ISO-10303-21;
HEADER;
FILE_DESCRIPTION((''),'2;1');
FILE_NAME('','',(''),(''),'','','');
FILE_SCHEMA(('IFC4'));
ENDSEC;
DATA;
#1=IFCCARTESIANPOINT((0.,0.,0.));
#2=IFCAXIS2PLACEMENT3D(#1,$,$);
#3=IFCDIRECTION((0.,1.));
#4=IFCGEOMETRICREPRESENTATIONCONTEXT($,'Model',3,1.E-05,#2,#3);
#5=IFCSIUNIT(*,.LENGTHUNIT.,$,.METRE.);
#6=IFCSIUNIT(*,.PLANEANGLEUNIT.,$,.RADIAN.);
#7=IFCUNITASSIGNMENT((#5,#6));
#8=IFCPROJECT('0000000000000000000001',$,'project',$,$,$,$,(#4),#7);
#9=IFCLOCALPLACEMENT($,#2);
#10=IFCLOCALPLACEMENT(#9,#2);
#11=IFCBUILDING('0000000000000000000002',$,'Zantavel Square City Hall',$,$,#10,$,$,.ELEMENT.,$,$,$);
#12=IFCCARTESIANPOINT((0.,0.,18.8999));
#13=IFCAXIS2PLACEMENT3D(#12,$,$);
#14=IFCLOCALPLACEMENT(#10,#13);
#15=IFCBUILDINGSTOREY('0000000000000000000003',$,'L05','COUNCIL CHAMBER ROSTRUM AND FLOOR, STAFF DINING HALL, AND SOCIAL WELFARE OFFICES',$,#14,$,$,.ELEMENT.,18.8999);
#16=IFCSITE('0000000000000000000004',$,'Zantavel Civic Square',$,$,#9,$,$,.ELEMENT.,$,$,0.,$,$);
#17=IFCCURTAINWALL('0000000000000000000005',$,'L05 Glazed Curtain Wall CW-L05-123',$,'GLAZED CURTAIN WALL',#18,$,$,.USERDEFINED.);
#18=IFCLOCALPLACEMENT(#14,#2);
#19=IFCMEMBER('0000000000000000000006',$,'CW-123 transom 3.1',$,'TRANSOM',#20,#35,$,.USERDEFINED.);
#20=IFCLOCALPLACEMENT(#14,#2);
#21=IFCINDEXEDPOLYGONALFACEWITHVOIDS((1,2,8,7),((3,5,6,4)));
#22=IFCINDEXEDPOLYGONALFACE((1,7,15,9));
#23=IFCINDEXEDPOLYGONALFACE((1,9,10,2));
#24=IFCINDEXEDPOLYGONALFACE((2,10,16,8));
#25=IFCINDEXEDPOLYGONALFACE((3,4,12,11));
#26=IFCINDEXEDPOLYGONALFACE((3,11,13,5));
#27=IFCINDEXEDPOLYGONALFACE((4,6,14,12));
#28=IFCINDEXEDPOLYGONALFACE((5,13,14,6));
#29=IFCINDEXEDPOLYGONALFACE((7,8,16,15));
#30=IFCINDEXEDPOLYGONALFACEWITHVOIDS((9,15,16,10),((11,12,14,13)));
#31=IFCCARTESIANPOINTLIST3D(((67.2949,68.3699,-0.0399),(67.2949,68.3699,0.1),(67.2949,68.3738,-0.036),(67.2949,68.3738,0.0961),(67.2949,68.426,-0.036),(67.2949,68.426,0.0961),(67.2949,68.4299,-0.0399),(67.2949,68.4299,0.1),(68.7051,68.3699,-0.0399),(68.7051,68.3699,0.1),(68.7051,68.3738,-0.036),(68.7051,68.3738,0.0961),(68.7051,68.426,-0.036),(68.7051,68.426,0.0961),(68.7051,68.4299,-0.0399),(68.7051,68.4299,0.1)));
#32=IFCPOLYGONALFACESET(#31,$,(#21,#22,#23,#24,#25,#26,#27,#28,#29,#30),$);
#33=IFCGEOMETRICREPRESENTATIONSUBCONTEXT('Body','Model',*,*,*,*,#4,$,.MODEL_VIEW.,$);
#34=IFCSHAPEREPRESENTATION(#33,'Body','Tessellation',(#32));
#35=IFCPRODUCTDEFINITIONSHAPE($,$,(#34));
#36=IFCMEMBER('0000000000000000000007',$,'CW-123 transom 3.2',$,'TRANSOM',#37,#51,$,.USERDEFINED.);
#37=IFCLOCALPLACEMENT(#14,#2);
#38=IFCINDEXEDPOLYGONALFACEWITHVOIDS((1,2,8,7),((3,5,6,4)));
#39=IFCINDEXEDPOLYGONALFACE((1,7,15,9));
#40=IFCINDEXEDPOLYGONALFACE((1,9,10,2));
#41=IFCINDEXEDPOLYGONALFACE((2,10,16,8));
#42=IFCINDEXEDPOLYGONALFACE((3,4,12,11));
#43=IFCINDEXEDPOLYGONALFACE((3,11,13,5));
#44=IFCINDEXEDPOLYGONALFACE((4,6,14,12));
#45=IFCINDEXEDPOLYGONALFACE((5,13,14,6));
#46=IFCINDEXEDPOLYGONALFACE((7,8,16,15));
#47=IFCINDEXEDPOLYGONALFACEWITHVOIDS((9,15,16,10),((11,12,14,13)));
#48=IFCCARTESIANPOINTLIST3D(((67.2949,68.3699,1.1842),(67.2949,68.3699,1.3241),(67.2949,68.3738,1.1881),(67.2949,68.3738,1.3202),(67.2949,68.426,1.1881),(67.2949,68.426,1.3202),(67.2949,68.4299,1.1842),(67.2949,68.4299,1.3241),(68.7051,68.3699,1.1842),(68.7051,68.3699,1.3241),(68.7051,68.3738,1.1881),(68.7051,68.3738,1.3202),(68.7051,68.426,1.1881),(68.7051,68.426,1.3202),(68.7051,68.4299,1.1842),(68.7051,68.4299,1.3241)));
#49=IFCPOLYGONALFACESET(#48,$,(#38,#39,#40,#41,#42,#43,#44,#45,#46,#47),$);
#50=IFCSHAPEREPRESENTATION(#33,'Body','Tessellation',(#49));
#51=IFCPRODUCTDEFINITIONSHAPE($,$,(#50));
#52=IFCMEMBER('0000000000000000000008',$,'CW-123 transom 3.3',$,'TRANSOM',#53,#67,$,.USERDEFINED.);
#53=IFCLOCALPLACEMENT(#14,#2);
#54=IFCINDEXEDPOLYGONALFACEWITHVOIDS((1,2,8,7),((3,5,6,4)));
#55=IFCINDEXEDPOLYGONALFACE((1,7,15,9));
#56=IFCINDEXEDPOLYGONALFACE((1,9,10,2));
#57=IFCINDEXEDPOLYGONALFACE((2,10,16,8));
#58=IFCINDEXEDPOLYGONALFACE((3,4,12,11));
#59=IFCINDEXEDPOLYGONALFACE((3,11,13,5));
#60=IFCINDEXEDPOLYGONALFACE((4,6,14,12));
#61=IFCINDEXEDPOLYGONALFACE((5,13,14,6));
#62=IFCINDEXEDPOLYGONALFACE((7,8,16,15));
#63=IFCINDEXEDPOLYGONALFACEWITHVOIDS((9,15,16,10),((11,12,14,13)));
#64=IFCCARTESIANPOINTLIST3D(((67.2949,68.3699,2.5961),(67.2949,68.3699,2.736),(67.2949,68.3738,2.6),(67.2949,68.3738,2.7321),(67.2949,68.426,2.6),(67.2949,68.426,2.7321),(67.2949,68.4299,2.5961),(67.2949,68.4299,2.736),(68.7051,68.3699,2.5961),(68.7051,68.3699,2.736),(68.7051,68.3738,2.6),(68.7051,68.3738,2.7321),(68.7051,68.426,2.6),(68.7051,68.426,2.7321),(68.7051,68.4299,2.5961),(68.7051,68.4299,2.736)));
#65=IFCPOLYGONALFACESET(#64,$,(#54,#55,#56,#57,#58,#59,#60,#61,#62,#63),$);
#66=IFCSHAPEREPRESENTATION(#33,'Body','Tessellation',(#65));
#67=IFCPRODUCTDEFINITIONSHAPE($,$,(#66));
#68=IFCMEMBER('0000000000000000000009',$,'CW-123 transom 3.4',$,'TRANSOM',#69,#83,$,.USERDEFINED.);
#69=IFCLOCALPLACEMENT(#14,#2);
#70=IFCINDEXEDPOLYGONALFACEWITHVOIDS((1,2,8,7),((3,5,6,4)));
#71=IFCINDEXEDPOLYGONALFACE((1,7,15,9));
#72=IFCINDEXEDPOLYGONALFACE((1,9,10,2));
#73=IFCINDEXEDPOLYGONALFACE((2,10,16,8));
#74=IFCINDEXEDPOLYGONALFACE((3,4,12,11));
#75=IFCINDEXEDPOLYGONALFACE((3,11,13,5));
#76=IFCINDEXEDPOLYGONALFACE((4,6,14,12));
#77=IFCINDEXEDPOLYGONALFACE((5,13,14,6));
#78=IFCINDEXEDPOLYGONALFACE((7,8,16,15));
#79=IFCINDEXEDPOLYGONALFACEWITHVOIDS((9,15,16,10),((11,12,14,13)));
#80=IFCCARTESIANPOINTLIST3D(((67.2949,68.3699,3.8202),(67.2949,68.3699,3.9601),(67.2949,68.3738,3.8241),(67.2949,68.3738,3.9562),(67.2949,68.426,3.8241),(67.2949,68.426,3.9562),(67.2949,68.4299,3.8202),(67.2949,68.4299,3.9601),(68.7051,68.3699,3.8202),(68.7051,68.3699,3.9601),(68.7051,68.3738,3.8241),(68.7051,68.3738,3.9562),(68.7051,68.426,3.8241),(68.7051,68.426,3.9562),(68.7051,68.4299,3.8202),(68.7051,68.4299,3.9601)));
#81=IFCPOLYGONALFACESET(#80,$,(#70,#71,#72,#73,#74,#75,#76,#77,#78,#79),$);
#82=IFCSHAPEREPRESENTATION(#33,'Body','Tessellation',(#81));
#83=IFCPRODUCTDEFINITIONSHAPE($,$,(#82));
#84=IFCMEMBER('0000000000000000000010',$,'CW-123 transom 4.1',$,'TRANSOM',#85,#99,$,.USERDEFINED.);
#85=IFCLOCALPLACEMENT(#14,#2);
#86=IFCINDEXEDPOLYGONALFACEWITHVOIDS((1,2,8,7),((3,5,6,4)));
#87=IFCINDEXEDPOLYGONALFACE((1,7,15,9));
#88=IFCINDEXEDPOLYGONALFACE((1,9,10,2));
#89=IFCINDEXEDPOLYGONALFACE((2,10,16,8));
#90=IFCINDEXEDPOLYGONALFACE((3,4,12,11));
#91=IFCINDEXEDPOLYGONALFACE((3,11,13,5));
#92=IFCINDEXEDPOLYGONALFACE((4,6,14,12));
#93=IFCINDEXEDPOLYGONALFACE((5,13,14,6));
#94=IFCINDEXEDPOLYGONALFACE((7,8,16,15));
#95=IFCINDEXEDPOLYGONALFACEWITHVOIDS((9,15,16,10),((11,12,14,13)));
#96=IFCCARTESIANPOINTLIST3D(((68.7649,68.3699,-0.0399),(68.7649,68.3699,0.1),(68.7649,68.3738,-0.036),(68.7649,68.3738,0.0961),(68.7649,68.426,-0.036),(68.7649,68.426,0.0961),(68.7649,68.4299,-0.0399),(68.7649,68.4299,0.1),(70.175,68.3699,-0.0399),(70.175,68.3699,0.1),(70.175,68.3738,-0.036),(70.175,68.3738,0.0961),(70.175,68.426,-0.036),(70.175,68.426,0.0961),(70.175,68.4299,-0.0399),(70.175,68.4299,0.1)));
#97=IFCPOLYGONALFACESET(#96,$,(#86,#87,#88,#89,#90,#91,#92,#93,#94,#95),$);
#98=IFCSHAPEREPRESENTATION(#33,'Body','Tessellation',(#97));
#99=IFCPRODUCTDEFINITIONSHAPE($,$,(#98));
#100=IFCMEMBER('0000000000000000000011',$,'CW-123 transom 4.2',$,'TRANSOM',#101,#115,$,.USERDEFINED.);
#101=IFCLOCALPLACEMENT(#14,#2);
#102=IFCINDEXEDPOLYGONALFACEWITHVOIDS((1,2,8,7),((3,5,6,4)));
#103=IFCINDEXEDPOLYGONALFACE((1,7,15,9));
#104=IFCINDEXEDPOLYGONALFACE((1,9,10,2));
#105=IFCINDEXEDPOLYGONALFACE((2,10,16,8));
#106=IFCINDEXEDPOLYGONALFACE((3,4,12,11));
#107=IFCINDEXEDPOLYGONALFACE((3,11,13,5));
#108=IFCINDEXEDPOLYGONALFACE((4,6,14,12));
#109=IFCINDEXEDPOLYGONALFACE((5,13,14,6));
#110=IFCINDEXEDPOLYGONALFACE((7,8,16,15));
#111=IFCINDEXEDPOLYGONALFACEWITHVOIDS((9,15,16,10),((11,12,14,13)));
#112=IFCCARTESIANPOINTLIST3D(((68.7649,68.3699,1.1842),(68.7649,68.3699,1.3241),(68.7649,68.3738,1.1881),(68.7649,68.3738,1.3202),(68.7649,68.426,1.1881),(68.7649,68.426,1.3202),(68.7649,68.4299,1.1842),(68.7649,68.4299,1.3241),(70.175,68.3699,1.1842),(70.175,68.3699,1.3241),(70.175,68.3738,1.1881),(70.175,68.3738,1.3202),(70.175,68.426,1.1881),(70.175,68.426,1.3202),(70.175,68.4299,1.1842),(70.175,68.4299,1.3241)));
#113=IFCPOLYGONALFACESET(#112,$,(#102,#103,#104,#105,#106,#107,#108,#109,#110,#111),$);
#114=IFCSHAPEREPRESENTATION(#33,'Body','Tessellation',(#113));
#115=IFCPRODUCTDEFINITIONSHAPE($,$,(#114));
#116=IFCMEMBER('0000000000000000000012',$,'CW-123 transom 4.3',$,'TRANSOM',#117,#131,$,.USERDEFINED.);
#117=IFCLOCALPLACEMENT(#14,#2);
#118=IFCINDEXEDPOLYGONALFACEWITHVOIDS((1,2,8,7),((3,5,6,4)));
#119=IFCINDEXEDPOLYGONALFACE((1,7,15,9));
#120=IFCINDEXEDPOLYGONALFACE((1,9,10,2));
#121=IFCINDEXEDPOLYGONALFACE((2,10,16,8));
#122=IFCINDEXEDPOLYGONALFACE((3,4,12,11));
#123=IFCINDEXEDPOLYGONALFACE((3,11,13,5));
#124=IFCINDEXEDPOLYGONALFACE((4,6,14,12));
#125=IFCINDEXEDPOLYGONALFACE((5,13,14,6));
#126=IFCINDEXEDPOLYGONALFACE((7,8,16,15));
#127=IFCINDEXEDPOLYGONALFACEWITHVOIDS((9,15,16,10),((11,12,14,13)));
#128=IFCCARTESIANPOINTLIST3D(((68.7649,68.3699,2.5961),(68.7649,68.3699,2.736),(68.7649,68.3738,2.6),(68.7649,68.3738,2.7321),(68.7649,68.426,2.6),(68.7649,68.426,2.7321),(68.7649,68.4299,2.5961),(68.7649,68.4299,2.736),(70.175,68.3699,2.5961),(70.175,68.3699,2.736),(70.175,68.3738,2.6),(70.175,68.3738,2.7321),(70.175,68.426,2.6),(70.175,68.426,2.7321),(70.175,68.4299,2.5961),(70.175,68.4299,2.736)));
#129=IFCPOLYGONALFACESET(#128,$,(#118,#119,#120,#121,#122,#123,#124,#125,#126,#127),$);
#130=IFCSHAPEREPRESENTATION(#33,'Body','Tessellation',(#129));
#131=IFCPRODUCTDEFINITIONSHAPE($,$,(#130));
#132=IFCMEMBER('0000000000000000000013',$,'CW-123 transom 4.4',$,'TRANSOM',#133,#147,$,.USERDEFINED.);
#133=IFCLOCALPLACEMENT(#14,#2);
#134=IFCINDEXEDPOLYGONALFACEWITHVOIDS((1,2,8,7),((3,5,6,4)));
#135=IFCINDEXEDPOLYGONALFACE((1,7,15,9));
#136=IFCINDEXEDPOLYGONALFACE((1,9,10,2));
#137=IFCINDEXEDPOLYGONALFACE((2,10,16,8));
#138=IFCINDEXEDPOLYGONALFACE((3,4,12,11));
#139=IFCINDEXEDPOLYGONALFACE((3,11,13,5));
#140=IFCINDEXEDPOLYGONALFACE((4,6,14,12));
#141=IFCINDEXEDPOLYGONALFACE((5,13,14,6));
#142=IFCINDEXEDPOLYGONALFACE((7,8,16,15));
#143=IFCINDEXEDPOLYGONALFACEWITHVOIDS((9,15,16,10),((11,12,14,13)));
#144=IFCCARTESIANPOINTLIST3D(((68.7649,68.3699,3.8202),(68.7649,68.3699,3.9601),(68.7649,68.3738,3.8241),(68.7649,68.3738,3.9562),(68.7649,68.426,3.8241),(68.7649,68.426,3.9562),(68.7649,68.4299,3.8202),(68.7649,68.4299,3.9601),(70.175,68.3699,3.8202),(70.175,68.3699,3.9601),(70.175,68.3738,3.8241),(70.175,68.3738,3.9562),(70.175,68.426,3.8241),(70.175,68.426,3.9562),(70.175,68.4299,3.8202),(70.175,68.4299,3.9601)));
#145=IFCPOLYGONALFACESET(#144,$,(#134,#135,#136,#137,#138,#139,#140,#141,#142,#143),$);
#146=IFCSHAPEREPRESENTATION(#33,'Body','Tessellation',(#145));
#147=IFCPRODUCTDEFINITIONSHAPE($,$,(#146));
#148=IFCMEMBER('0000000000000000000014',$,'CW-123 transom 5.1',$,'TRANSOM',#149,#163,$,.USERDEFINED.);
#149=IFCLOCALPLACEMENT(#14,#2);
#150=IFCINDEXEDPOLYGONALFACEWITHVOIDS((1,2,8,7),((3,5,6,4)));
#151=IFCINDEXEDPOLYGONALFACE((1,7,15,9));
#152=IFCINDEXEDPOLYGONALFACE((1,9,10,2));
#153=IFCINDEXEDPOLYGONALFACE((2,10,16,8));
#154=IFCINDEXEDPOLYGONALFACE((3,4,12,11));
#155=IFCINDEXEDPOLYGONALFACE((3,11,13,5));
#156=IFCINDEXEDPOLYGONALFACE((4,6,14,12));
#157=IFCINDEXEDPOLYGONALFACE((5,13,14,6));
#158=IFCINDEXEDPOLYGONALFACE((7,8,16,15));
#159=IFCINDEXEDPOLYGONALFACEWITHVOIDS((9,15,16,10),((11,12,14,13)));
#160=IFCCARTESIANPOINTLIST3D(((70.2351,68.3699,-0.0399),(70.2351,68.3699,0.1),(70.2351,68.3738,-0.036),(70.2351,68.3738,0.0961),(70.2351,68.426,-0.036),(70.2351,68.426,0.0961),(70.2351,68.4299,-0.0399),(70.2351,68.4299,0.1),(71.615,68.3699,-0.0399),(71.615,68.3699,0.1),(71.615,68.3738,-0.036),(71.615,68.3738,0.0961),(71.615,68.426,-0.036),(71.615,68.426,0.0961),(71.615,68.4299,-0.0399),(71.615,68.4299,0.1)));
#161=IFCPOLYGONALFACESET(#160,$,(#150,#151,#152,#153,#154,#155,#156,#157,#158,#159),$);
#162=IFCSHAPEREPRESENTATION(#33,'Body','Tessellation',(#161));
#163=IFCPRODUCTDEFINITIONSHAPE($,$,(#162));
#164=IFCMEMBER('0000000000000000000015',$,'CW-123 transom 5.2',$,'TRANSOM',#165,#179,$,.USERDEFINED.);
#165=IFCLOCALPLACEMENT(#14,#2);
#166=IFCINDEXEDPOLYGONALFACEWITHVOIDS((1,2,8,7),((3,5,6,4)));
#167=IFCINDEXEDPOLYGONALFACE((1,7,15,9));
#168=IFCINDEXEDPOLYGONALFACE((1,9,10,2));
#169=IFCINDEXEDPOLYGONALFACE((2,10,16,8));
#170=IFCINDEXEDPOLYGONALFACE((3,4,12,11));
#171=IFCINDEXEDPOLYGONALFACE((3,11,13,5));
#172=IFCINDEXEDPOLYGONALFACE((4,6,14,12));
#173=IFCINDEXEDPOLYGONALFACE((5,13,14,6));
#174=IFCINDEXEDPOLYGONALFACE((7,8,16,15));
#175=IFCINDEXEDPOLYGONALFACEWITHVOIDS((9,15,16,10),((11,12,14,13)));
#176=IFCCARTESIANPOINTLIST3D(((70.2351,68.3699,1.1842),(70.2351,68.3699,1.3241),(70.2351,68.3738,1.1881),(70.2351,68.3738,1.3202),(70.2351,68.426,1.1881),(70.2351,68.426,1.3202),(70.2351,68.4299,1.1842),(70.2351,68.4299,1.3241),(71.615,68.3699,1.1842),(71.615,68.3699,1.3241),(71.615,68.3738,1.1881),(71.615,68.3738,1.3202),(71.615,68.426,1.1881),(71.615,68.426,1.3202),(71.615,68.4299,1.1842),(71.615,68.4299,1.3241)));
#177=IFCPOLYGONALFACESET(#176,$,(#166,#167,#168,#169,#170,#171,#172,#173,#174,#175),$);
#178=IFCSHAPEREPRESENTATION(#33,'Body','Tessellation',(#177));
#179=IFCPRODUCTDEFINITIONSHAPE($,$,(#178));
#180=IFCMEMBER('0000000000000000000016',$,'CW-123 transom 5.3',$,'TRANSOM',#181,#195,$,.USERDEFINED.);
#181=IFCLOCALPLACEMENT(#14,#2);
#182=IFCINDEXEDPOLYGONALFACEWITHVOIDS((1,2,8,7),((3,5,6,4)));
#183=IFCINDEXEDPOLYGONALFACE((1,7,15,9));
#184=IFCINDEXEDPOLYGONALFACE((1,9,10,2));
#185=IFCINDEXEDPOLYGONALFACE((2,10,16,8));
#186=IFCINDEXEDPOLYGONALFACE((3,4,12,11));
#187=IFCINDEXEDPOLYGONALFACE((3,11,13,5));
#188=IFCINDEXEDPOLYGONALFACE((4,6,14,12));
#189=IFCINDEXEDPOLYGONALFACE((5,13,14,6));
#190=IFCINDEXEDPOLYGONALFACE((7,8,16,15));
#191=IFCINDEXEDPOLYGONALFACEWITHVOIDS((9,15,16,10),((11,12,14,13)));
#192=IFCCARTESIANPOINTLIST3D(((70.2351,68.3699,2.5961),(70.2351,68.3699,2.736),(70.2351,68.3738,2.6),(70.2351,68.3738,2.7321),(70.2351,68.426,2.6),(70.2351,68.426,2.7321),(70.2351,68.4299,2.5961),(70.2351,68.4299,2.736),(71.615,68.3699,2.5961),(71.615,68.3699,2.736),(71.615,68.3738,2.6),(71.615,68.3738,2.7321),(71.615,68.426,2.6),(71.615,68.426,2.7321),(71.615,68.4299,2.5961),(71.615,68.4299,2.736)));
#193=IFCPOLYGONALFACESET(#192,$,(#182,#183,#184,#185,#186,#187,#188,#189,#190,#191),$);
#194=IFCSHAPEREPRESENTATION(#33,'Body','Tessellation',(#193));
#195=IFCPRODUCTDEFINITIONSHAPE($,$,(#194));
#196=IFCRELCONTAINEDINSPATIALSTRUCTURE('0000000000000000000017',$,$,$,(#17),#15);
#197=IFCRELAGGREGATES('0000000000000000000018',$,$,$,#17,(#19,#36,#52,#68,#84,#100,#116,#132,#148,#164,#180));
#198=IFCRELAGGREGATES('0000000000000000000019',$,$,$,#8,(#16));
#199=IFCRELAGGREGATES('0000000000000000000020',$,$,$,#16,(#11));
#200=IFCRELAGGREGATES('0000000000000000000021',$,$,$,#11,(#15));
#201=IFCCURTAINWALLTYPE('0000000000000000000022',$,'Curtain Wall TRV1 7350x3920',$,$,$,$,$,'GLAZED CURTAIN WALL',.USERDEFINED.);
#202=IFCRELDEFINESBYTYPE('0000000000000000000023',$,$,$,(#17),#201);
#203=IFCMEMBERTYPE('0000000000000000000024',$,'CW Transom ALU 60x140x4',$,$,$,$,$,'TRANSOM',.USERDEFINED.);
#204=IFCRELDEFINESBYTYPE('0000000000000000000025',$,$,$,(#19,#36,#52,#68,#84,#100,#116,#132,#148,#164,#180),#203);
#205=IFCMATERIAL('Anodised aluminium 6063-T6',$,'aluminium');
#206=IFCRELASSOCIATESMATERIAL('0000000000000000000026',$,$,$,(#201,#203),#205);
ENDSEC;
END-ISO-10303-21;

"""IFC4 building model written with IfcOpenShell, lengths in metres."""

from ifc_helpers import new_model, si_unit, direction, frame, origin, origin_2d, place, context, subcontext, project, spatial, hollow_rectangle, extrude, material, material_profile, profile_set, type_object, element, aggregate, save


model = new_model("IFC4")

# Units and contexts
model_context = context("Model", 3, precision=1e-05, world=origin(), true_north=direction((0.0, 1.0)))
body_context = subcontext(model_context, "Body", "Model", "MODEL_VIEW")
ifc_project = project(units=[si_unit("LENGTHUNIT", "METRE"), si_unit("PLANEANGLEUNIT", "RADIAN")], contexts=[model_context])

# Site, building, storey
site_placement = place(None, origin())
site = spatial("IfcSite", under=ifc_project, at=site_placement, Name="Zantavel Civic Square", CompositionType="ELEMENT", RefElevation=0.0)
building_placement = place(site_placement, origin())
building = spatial("IfcBuilding", under=site, at=building_placement, Name="Zantavel Square City Hall", CompositionType="ELEMENT")
storey_placement = place(building_placement, frame((0.0, 0.0, 18.8999)))
storey = spatial("IfcBuildingStorey", under=building, at=storey_placement, Name="L05", Description="COUNCIL CHAMBER ROSTRUM AND FLOOR, STAFF DINING HALL, AND SOCIAL WELFARE OFFICES", CompositionType="ELEMENT", Elevation=18.8999)

# Curtain wall
ifc_material_1 = material(Name="Anodised aluminium 6063-T6", Category="aluminium")
curtain_wall_type = type_object("IfcCurtainWallType", Name="Curtain Wall TRV1 7350x3920", ElementType="GLAZED CURTAIN WALL", PredefinedType="USERDEFINED", material=ifc_material_1)
curtain_wall_1_placement = place(storey_placement, origin())
curtain_wall_1 = element("IfcCurtainWall", 1, at=curtain_wall_1_placement, inside=storey, type_object=curtain_wall_type, Name="L05 Glazed Curtain Wall CW-L05-123", ObjectType="GLAZED CURTAIN WALL", PredefinedType="USERDEFINED")

# Members
ifc_material_profile_1 = material_profile(ifc_material_1, hollow_rectangle(XDim=0.0601, YDim=0.1399, WallThickness=0.0039, at=origin_2d()), Name="ALU 60x140x4")
ifc_profile_set_1 = profile_set([ifc_material_profile_1], Name="Anodised aluminium 6063-T6")
member_type_1 = type_object("IfcMemberType", Name="CW Transom ALU 60x140x4", ElementType="TRANSOM", PredefinedType="USERDEFINED", material=ifc_profile_set_1)
member_1_placement = place(storey_placement, frame((67.2949, 68.3999, 0.03), z_axis=(1.0, 0.0, 0.0), x_axis=(0.0, 1.0, 0.0)))
member_1 = element("IfcMember", 2, at=member_1_placement, type_object=member_type_1, Name="CW-123 transom 3.1", ObjectType="TRANSOM", PredefinedType="USERDEFINED", context=body_context, shape_type="SweptSolid", body=[
    extrude(hollow_rectangle(XDim=0.0601, YDim=0.1399, WallThickness=0.0039, at=origin_2d()), origin(), (0.0, 0.0, 1.0), 1.4102),
])
member_2_placement = place(storey_placement, frame((67.2949, 68.3999, 1.2542), z_axis=(1.0, 0.0, 0.0), x_axis=(0.0, 1.0, 0.0)))
member_2 = element("IfcMember", 3, at=member_2_placement, type_object=member_type_1, Name="CW-123 transom 3.2", ObjectType="TRANSOM", PredefinedType="USERDEFINED", context=body_context, shape_type="SweptSolid", body=[
    extrude(hollow_rectangle(XDim=0.0601, YDim=0.1399, WallThickness=0.0039, at=origin_2d()), origin(), (0.0, 0.0, 1.0), 1.4102),
])
member_3_placement = place(storey_placement, frame((67.2949, 68.3999, 2.666), z_axis=(1.0, 0.0, 0.0), x_axis=(0.0, 1.0, 0.0)))
member_3 = element("IfcMember", 4, at=member_3_placement, type_object=member_type_1, Name="CW-123 transom 3.3", ObjectType="TRANSOM", PredefinedType="USERDEFINED", context=body_context, shape_type="SweptSolid", body=[
    extrude(hollow_rectangle(XDim=0.0601, YDim=0.1399, WallThickness=0.0039, at=origin_2d()), origin(), (0.0, 0.0, 1.0), 1.4102),
])
member_4_placement = place(storey_placement, frame((67.2949, 68.3999, 3.8901), z_axis=(1.0, 0.0, 0.0), x_axis=(0.0, 1.0, 0.0)))
member_4 = element("IfcMember", 5, at=member_4_placement, type_object=member_type_1, Name="CW-123 transom 3.4", ObjectType="TRANSOM", PredefinedType="USERDEFINED", context=body_context, shape_type="SweptSolid", body=[
    extrude(hollow_rectangle(XDim=0.0601, YDim=0.1399, WallThickness=0.0039, at=origin_2d()), origin(), (0.0, 0.0, 1.0), 1.4102),
])
member_5_placement = place(storey_placement, frame((68.7649, 68.3999, 0.03), z_axis=(1.0, 0.0, 0.0), x_axis=(0.0, 1.0, 0.0)))
member_5 = element("IfcMember", 6, at=member_5_placement, type_object=member_type_1, Name="CW-123 transom 4.1", ObjectType="TRANSOM", PredefinedType="USERDEFINED", context=body_context, shape_type="SweptSolid", body=[
    extrude(hollow_rectangle(XDim=0.0601, YDim=0.1399, WallThickness=0.0039, at=origin_2d()), origin(), (0.0, 0.0, 1.0), 1.4102),
])
member_6_placement = place(storey_placement, frame((68.7649, 68.3999, 1.2542), z_axis=(1.0, 0.0, 0.0), x_axis=(0.0, 1.0, 0.0)))
member_6 = element("IfcMember", 7, at=member_6_placement, type_object=member_type_1, Name="CW-123 transom 4.2", ObjectType="TRANSOM", PredefinedType="USERDEFINED", context=body_context, shape_type="SweptSolid", body=[
    extrude(hollow_rectangle(XDim=0.0601, YDim=0.1399, WallThickness=0.0039, at=origin_2d()), origin(), (0.0, 0.0, 1.0), 1.4102),
])
member_7_placement = place(storey_placement, frame((68.7649, 68.3999, 2.666), z_axis=(1.0, 0.0, 0.0), x_axis=(0.0, 1.0, 0.0)))
member_7 = element("IfcMember", 8, at=member_7_placement, type_object=member_type_1, Name="CW-123 transom 4.3", ObjectType="TRANSOM", PredefinedType="USERDEFINED", context=body_context, shape_type="SweptSolid", body=[
    extrude(hollow_rectangle(XDim=0.0601, YDim=0.1399, WallThickness=0.0039, at=origin_2d()), origin(), (0.0, 0.0, 1.0), 1.4102),
])
member_8_placement = place(storey_placement, frame((68.7649, 68.3999, 3.8901), z_axis=(1.0, 0.0, 0.0), x_axis=(0.0, 1.0, 0.0)))
member_8 = element("IfcMember", 9, at=member_8_placement, type_object=member_type_1, Name="CW-123 transom 4.4", ObjectType="TRANSOM", PredefinedType="USERDEFINED", context=body_context, shape_type="SweptSolid", body=[
    extrude(hollow_rectangle(XDim=0.0601, YDim=0.1399, WallThickness=0.0039, at=origin_2d()), origin(), (0.0, 0.0, 1.0), 1.4102),
])
member_9_placement = place(storey_placement, frame((70.2351, 68.3999, 0.03), z_axis=(1.0, 0.0, 0.0), x_axis=(0.0, 1.0, 0.0)))
member_9 = element("IfcMember", 10, at=member_9_placement, type_object=member_type_1, Name="CW-123 transom 5.1", ObjectType="TRANSOM", PredefinedType="USERDEFINED", context=body_context, shape_type="SweptSolid", body=[
    extrude(hollow_rectangle(XDim=0.0601, YDim=0.1399, WallThickness=0.0039, at=origin_2d()), origin(), (0.0, 0.0, 1.0), 1.3799),
])
member_10_placement = place(storey_placement, frame((70.2351, 68.3999, 1.2542), z_axis=(1.0, 0.0, 0.0), x_axis=(0.0, 1.0, 0.0)))
member_10 = element("IfcMember", 11, at=member_10_placement, type_object=member_type_1, Name="CW-123 transom 5.2", ObjectType="TRANSOM", PredefinedType="USERDEFINED", context=body_context, shape_type="SweptSolid", body=[
    extrude(hollow_rectangle(XDim=0.0601, YDim=0.1399, WallThickness=0.0039, at=origin_2d()), origin(), (0.0, 0.0, 1.0), 1.3799),
])
member_11_placement = place(storey_placement, frame((70.2351, 68.3999, 2.666), z_axis=(1.0, 0.0, 0.0), x_axis=(0.0, 1.0, 0.0)))
member_11 = element("IfcMember", 12, at=member_11_placement, type_object=member_type_1, Name="CW-123 transom 5.3", ObjectType="TRANSOM", PredefinedType="USERDEFINED", context=body_context, shape_type="SweptSolid", body=[
    extrude(hollow_rectangle(XDim=0.0601, YDim=0.1399, WallThickness=0.0039, at=origin_2d()), origin(), (0.0, 0.0, 1.0), 1.3799),
])

aggregate(curtain_wall_1, [member_1, member_2, member_3, member_4, member_5, member_6, member_7, member_8, member_9, member_10, member_11])

save(model, "model.ifc")
